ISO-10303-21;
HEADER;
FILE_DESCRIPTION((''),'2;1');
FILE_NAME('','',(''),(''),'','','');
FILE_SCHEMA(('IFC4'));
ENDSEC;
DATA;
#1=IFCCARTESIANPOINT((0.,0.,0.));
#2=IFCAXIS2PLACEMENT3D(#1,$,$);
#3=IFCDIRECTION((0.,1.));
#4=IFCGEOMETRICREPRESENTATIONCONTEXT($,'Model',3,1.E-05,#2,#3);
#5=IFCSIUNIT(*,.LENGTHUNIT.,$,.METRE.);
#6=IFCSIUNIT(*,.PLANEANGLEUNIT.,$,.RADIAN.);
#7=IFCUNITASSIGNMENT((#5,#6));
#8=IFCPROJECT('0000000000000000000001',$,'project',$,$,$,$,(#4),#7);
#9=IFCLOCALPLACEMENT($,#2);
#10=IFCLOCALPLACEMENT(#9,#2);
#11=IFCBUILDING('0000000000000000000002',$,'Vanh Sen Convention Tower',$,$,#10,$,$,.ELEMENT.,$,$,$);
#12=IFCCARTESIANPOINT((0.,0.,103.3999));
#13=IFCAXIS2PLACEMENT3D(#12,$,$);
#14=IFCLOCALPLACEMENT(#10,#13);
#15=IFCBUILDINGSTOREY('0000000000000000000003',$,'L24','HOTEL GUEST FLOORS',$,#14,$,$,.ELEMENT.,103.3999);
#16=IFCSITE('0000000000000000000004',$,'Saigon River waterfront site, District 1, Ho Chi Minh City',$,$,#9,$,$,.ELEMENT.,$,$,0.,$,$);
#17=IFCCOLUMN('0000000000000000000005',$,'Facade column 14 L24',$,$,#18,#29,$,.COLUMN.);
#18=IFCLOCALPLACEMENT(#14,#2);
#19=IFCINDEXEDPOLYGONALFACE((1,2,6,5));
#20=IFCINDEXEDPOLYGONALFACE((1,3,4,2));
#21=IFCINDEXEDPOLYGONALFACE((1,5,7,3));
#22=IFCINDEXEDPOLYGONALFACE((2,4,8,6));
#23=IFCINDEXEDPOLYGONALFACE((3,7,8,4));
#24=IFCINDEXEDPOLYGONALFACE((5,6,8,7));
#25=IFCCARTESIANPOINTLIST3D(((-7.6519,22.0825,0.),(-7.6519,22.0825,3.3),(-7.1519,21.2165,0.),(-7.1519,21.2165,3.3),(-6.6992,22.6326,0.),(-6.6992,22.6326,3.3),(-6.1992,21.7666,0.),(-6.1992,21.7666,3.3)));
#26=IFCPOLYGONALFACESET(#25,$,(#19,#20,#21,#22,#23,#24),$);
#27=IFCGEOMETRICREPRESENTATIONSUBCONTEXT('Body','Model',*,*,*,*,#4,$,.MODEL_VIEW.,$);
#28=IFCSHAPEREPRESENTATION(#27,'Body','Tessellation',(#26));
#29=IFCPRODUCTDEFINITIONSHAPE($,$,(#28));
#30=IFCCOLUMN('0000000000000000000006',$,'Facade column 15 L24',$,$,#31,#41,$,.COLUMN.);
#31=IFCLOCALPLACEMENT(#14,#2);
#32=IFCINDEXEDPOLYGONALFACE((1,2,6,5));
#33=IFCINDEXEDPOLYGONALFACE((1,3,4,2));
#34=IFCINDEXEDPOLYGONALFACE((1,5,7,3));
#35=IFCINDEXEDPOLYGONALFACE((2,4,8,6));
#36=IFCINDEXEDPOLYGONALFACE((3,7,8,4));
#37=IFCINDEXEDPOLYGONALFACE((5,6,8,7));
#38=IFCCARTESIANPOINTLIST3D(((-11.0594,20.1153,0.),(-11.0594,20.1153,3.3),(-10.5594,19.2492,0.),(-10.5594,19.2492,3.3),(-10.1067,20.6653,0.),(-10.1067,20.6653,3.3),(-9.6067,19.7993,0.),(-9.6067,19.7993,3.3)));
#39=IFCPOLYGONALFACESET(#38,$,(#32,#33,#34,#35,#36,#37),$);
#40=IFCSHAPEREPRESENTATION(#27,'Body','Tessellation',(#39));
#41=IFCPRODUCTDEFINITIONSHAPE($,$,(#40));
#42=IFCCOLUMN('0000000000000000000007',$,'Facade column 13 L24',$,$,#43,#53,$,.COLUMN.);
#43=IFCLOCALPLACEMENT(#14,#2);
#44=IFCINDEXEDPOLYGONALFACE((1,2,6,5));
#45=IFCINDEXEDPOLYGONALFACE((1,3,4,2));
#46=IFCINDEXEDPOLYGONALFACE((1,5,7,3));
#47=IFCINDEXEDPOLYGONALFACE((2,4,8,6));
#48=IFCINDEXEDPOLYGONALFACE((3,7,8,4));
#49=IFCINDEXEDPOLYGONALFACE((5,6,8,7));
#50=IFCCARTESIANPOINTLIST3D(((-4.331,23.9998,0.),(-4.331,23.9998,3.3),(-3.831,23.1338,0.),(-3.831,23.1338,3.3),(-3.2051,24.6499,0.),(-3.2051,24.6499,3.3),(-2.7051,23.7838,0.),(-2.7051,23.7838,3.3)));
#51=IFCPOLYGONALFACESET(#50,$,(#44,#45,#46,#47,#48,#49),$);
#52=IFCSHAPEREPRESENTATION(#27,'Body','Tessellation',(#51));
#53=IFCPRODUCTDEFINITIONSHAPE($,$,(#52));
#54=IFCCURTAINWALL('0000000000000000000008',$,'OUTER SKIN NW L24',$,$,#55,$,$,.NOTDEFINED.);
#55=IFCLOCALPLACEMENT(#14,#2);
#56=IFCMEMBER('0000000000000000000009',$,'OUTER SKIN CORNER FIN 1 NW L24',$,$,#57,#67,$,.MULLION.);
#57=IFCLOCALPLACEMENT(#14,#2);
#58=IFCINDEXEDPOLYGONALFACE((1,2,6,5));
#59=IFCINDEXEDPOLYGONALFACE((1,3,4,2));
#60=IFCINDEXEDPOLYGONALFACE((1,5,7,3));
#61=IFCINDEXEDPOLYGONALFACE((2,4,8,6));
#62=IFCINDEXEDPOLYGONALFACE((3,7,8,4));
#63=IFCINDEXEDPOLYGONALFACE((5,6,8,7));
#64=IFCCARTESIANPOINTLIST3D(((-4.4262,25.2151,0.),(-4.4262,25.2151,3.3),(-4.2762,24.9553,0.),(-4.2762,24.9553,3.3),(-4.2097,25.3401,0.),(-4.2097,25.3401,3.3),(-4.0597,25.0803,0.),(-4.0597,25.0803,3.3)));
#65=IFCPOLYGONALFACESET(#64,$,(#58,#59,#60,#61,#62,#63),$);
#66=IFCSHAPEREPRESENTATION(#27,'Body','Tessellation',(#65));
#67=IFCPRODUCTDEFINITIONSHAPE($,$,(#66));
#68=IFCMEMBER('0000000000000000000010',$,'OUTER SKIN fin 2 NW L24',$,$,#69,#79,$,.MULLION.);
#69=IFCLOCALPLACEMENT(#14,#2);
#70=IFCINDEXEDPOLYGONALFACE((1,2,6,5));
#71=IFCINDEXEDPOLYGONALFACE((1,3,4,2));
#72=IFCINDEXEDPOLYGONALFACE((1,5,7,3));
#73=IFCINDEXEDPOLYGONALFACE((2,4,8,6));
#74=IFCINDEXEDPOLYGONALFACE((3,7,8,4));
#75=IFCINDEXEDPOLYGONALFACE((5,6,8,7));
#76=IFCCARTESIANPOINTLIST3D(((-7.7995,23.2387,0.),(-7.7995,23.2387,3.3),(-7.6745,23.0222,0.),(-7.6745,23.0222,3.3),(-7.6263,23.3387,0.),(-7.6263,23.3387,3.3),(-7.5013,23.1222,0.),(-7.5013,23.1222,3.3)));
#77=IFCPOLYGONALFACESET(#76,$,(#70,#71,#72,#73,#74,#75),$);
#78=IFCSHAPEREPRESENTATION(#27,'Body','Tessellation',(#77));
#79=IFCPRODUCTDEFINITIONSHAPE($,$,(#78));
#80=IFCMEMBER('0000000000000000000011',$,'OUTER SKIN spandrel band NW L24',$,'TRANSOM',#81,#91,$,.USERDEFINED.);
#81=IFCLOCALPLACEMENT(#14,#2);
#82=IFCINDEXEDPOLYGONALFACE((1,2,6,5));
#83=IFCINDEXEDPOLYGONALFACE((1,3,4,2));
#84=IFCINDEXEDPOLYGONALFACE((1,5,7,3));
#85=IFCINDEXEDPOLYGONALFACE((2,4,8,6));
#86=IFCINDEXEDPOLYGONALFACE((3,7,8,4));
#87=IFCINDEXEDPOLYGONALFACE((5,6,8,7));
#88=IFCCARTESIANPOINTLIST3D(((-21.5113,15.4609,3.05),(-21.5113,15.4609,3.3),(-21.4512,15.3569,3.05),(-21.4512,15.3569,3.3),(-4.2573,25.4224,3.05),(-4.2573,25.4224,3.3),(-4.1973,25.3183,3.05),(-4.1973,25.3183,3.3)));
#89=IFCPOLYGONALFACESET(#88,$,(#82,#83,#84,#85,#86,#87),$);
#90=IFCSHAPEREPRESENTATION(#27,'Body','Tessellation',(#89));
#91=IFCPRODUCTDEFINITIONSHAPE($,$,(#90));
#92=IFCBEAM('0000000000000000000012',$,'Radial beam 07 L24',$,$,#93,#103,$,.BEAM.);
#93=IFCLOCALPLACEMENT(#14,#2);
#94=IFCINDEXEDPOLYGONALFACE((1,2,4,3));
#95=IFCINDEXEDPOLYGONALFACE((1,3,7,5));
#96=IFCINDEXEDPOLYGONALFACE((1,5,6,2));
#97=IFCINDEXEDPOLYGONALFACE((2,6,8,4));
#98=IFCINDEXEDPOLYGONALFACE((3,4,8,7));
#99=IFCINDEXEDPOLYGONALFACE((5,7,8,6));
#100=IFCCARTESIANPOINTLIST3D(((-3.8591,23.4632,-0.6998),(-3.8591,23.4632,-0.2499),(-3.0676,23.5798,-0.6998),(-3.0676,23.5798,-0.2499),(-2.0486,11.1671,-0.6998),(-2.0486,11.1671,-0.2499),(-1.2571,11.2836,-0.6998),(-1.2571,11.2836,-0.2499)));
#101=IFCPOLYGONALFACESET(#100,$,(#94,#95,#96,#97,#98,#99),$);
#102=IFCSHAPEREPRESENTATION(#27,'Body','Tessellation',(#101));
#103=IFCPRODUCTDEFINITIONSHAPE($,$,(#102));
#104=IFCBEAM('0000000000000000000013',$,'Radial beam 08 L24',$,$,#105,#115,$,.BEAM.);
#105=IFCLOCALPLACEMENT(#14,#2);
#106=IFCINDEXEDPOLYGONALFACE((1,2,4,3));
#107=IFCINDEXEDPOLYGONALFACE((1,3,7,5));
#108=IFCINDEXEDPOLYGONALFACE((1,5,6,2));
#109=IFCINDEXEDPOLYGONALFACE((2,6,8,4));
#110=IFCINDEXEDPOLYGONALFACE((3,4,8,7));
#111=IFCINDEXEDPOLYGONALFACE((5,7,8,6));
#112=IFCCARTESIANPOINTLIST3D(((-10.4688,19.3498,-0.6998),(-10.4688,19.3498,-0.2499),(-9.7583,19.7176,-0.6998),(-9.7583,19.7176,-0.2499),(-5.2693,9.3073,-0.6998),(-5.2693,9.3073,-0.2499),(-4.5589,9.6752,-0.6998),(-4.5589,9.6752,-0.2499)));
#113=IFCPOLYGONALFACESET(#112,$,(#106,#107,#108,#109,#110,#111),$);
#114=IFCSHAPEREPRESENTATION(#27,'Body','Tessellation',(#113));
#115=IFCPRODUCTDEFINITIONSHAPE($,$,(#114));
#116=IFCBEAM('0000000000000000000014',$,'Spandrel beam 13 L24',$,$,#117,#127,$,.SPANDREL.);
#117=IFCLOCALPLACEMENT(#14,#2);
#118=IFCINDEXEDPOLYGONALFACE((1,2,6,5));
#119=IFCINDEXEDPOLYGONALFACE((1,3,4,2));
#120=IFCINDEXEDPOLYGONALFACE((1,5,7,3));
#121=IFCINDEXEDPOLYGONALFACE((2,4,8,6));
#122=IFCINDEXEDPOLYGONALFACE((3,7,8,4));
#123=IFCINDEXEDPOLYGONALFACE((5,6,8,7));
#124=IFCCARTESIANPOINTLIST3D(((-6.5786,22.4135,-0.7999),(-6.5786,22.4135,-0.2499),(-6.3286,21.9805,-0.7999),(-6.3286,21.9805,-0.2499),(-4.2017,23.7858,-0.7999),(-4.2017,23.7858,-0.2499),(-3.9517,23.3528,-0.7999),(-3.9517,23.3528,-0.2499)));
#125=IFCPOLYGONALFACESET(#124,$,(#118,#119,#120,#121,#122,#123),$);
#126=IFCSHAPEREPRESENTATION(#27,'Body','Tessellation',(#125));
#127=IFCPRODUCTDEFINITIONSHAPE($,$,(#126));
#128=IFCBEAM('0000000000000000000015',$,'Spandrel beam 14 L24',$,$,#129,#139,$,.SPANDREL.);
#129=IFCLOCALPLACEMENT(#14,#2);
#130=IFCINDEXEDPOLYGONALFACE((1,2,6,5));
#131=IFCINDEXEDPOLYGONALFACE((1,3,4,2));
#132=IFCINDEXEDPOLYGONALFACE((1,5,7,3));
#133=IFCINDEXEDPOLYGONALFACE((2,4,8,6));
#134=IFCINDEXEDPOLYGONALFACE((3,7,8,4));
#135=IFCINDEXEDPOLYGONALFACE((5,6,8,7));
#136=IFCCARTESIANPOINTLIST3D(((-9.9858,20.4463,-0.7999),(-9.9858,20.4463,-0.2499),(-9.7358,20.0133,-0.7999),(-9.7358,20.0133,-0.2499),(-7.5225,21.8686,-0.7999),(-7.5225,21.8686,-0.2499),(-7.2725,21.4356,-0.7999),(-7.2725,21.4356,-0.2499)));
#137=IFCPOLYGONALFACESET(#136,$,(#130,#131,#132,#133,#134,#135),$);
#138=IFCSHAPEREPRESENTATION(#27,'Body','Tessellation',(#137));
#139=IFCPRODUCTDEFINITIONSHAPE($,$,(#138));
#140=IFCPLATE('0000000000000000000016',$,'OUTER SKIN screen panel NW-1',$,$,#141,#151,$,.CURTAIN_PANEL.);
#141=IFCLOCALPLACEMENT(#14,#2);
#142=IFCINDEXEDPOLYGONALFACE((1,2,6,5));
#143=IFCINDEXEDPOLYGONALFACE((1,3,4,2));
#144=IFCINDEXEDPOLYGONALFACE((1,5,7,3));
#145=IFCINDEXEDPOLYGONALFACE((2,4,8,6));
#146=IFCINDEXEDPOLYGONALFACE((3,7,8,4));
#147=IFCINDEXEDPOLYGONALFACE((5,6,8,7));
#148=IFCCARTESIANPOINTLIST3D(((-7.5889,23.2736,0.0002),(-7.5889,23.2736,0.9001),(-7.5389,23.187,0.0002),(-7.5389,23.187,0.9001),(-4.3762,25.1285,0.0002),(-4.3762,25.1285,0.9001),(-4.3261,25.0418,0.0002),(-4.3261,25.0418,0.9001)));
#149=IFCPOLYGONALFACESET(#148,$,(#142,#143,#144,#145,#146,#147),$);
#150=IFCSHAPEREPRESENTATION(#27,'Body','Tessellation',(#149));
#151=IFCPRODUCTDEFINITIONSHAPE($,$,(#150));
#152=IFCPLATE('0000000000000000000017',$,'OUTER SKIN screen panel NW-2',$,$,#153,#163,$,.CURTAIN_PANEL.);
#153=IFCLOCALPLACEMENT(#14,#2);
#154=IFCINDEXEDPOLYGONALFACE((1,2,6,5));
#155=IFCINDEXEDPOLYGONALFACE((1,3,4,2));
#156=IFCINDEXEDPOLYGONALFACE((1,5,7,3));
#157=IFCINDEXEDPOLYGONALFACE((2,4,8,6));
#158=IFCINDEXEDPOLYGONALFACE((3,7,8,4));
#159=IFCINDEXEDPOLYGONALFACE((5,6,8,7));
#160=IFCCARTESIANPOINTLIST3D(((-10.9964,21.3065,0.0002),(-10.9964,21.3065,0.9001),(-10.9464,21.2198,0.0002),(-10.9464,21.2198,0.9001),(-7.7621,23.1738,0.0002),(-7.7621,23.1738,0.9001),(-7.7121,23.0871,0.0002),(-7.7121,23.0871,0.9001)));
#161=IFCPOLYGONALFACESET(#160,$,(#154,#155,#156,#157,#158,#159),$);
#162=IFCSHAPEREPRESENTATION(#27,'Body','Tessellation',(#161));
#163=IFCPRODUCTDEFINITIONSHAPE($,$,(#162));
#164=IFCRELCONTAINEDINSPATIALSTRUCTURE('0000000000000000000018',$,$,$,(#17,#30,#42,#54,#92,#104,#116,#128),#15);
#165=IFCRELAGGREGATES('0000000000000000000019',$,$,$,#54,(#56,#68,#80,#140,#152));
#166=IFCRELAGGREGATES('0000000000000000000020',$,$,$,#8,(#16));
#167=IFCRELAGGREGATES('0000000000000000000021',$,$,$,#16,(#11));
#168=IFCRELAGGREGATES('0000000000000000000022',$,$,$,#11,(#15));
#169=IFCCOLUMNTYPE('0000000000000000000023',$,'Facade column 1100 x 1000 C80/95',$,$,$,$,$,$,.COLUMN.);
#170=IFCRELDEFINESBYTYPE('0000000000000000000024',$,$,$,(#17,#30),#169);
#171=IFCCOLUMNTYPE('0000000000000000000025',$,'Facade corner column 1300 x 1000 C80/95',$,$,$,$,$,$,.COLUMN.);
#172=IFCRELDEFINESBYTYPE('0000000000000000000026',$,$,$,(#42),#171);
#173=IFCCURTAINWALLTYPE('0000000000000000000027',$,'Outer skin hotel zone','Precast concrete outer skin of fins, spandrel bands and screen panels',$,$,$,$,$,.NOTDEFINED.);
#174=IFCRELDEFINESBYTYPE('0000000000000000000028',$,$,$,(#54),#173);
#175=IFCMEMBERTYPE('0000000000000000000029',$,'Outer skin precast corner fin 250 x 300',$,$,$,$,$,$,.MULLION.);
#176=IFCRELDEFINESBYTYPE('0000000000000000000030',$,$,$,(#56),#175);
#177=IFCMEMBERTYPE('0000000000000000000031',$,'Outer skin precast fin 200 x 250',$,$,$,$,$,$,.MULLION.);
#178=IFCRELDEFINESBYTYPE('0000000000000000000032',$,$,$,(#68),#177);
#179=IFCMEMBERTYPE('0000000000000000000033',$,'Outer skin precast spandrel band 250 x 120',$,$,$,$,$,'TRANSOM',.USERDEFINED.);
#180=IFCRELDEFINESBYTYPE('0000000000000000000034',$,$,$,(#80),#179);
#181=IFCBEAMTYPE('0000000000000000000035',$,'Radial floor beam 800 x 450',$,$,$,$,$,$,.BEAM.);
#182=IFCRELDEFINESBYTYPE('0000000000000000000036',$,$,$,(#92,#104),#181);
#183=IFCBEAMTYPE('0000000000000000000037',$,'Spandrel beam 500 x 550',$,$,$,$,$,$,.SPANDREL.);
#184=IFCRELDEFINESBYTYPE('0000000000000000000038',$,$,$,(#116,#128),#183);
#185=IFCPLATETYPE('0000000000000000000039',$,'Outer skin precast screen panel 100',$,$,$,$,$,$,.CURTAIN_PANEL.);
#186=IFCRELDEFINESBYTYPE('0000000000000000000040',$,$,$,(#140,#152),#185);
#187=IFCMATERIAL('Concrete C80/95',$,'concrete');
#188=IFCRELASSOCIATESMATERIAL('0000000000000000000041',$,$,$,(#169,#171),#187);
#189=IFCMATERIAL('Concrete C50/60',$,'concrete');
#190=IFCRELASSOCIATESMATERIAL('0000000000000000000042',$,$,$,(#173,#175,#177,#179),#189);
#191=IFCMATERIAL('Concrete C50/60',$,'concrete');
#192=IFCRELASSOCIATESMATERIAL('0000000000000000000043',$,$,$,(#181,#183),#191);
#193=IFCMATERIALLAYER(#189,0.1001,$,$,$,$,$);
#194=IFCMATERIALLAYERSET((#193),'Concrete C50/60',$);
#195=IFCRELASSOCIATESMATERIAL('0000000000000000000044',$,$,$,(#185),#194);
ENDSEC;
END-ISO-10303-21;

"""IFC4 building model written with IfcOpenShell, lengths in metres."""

from ifc_helpers import new_model, si_unit, direction, frame, origin, origin_2d, place, context, subcontext, project, spatial, rectangle, extrude, material, layer, layer_set, material_profile, profile_set, type_object, element, aggregate, save


model = new_model("IFC4")

# Units and contexts
model_context = context("Model", 3, precision=1e-05, world=origin(), true_north=direction((0.0, 1.0)))
body_context = subcontext(model_context, "Body", "Model", "MODEL_VIEW")
ifc_project = project(units=[si_unit("LENGTHUNIT", "METRE"), si_unit("PLANEANGLEUNIT", "RADIAN")], contexts=[model_context])

# Site, building, storey
site_placement = place(None, origin())
site = spatial("IfcSite", under=ifc_project, at=site_placement, Name="Saigon River waterfront site, District 1, Ho Chi Minh City", CompositionType="ELEMENT", RefElevation=0.0)
building_placement = place(site_placement, origin())
building = spatial("IfcBuilding", under=site, at=building_placement, Name="Vanh Sen Convention Tower", CompositionType="ELEMENT")
storey_placement = place(building_placement, frame((0.0, 0.0, 103.3999)))
storey = spatial("IfcBuildingStorey", under=building, at=storey_placement, Name="L24", Description="HOTEL GUEST FLOORS", CompositionType="ELEMENT", Elevation=103.3999)

# Columns
ifc_material_1 = material(Name="Concrete C80/95", Category="concrete")
ifc_material_profile_1 = material_profile(ifc_material_1, rectangle(XDim=1.1001, YDim=1.0, at=origin_2d()), Name="RC 1100X1000")
ifc_profile_set_1 = profile_set([ifc_material_profile_1], Name="Concrete C80/95")
column_type_1 = type_object("IfcColumnType", Name="Facade column 1100 x 1000 C80/95", PredefinedType="COLUMN", material=ifc_profile_set_1)
for number, where, z_axis, x_axis, name in (
    (1, (-6.9255, 21.9246, 0.0), (0.0, 0.0, 1.0), (-0.866025, -0.5, 0.0), "Facade column 14 L24"),
    (2, (-10.333, 19.9573, 0.0), (0.0, 0.0, 1.0), (-0.866025, -0.5, 0.0), "Facade column 15 L24"),
):
    element("IfcColumn", number, at=place(storey_placement, frame(where, z_axis=z_axis, x_axis=x_axis)), inside=storey, type_object=column_type_1, Name=name, PredefinedType="COLUMN", context=body_context, shape_type="SweptSolid", body=[
        extrude(rectangle(XDim=1.1001, YDim=1.0, at=origin_2d()), origin(), (0.0, 0.0, 1.0), 3.3),
    ])
ifc_material_profile_2 = material_profile(ifc_material_1, rectangle(XDim=1.3, YDim=1.0, at=origin_2d()), Name="RC 1300X1000")
ifc_profile_set_2 = profile_set([ifc_material_profile_2], Name="Concrete C80/95")
column_type_2 = type_object("IfcColumnType", Name="Facade corner column 1300 x 1000 C80/95", PredefinedType="COLUMN", material=ifc_profile_set_2)
column_placement = place(storey_placement, frame((-3.5181, 23.8918, 0.0), z_axis=(0.0, 0.0, 1.0), x_axis=(-0.866025, -0.5, 0.0)))
element("IfcColumn", 3, at=column_placement, inside=storey, type_object=column_type_2, Name="Facade column 13 L24", PredefinedType="COLUMN", context=body_context, shape_type="SweptSolid", body=[
    extrude(rectangle(XDim=1.3, YDim=1.0, at=origin_2d()), origin(), (0.0, 0.0, 1.0), 3.3),
])

# Curtain wall, members
ifc_material_2 = material(Name="Concrete C50/60", Category="concrete")
curtain_wall_type = type_object("IfcCurtainWallType", Name="Outer skin hotel zone", Description="Precast concrete outer skin of fins, spandrel bands and screen panels", PredefinedType="NOTDEFINED", material=ifc_material_2)
curtain_wall_placement = place(storey_placement, origin())
curtain_wall = element("IfcCurtainWall", 4, at=curtain_wall_placement, inside=storey, type_object=curtain_wall_type, Name="OUTER SKIN NW L24", PredefinedType="NOTDEFINED")
ifc_material_profile_3 = material_profile(ifc_material_2, rectangle(XDim=0.25, YDim=0.3, at=origin_2d()), Name="Outer skin precast corner fin 250 x 300")
ifc_profile_set_3 = profile_set([ifc_material_profile_3], Name="Concrete C50/60")
member_type_1 = type_object("IfcMemberType", Name="Outer skin precast corner fin 250 x 300", PredefinedType="MULLION", material=ifc_profile_set_3)
member_1_placement = place(storey_placement, frame((-4.2429, 25.1477, 0.0), z_axis=(0.0, 0.0, 1.0), x_axis=(-0.866025, -0.5, 0.0)))
member_1 = element("IfcMember", 5, at=member_1_placement, type_object=member_type_1, Name="OUTER SKIN CORNER FIN 1 NW L24", PredefinedType="MULLION", context=body_context, shape_type="SweptSolid", body=[
    extrude(rectangle(XDim=0.25, YDim=0.3, at=origin_2d()), origin(), (0.0, 0.0, 1.0), 3.3),
])
ifc_material_profile_4 = material_profile(ifc_material_2, rectangle(XDim=0.2, YDim=0.25, at=origin_2d()), Name="Outer skin precast fin 200 x 250")
ifc_profile_set_4 = profile_set([ifc_material_profile_4], Name="Concrete C50/60")
member_type_2 = type_object("IfcMemberType", Name="Outer skin precast fin 200 x 250", PredefinedType="MULLION", material=ifc_profile_set_4)
member_2_placement = place(storey_placement, frame((-7.6504, 23.1804, 0.0), z_axis=(0.0, 0.0, 1.0), x_axis=(-0.866025, -0.5, 0.0)))
member_2 = element("IfcMember", 6, at=member_2_placement, type_object=member_type_2, Name="OUTER SKIN fin 2 NW L24", PredefinedType="MULLION", context=body_context, shape_type="SweptSolid", body=[
    extrude(rectangle(XDim=0.2, YDim=0.25, at=origin_2d()), origin(), (0.0, 0.0, 1.0), 3.3),
])
ifc_material_profile_5 = material_profile(ifc_material_2, rectangle(XDim=0.1201, YDim=0.25, at=origin_2d()), Name="Outer skin precast spandrel band 250 x 120")
ifc_profile_set_5 = profile_set([ifc_material_profile_5], Name="Concrete C50/60")
member_type_3 = type_object("IfcMemberType", Name="Outer skin precast spandrel band 250 x 120", ElementType="TRANSOM", PredefinedType="USERDEFINED", material=ifc_profile_set_5)
member_3_placement = place(storey_placement, frame((-4.2273, 25.3704, 3.175), z_axis=(-0.866028, -0.499995, 0.0), x_axis=(0.499995, -0.866028, 0.0)))
member_3 = element("IfcMember", 7, at=member_3_placement, type_object=member_type_3, Name="OUTER SKIN spandrel band NW L24", ObjectType="TRANSOM", PredefinedType="USERDEFINED", context=body_context, shape_type="SweptSolid", body=[
    extrude(rectangle(XDim=0.1201, YDim=0.25, at=origin_2d()), origin(), (0.0, 0.0, 1.0), 19.9231),
])

# Beams
ifc_material_3 = material(Name="Concrete C50/60", Category="concrete")
ifc_material_profile_6 = material_profile(ifc_material_3, rectangle(XDim=0.8, YDim=0.45, at=origin_2d()), Name="RC 800X450")
ifc_profile_set_6 = profile_set([ifc_material_profile_6], Name="Concrete C50/60")
beam_type_1 = type_object("IfcBeamType", Name="Radial floor beam 800 x 450", PredefinedType="BEAM", material=ifc_profile_set_6)
beam_1_placement = place(storey_placement, frame((-3.4634, 23.5215, -0.4749), z_axis=(0.145674, -0.989333, 0.0), x_axis=(0.989333, 0.145674, 0.0)))
element("IfcBeam", 8, at=beam_1_placement, inside=storey, type_object=beam_type_1, Name="Radial beam 07 L24", PredefinedType="BEAM", context=body_context, shape_type="SweptSolid", body=[
    extrude(rectangle(XDim=0.8, YDim=0.45, at=origin_2d()), origin(), (0.0, 0.0, 1.0), 12.4287),
])
beam_2_placement = place(storey_placement, frame((-10.1135, 19.5337, -0.4749), z_axis=(0.459777, -0.888034, 0.0), x_axis=(0.888034, 0.459777, 0.0)))
element("IfcBeam", 9, at=beam_2_placement, inside=storey, type_object=beam_type_1, Name="Radial beam 08 L24", PredefinedType="BEAM", context=body_context, shape_type="SweptSolid", body=[
    extrude(rectangle(XDim=0.8, YDim=0.45, at=origin_2d()), origin(), (0.0, 0.0, 1.0), 11.3086),
])
ifc_material_profile_7 = material_profile(ifc_material_3, rectangle(XDim=0.5, YDim=0.55, at=origin_2d()), Name="RC 500X550")
ifc_profile_set_7 = profile_set([ifc_material_profile_7], Name="Concrete C50/60")
beam_type_2 = type_object("IfcBeamType", Name="Spandrel beam 500 x 550", PredefinedType="SPANDREL", material=ifc_profile_set_7)
beam_3_placement = place(storey_placement, frame((-4.0767, 23.5693, -0.5249), z_axis=(-0.866029, -0.499995, 0.0), x_axis=(0.499995, -0.866029, 0.0)))
element("IfcBeam", 10, at=beam_3_placement, inside=storey, type_object=beam_type_2, Name="Spandrel beam 13 L24", PredefinedType="SPANDREL", context=body_context, shape_type="SweptSolid", body=[
    extrude(rectangle(XDim=0.5, YDim=0.55, at=origin_2d()), origin(), (0.0, 0.0, 1.0), 2.7446),
])
beam_4_placement = place(storey_placement, frame((-7.3975, 21.6521, -0.5249), z_axis=(-0.866005, -0.500034, 0.0), x_axis=(0.500034, -0.866005, 0.0)))
element("IfcBeam", 11, at=beam_4_placement, inside=storey, type_object=beam_type_2, Name="Spandrel beam 14 L24", PredefinedType="SPANDREL", context=body_context, shape_type="SweptSolid", body=[
    extrude(rectangle(XDim=0.5, YDim=0.55, at=origin_2d()), origin(), (0.0, 0.0, 1.0), 2.8445),
])

# Plates
ifc_layer_1 = layer(ifc_material_2, 0.1001)
ifc_layer_set_1 = layer_set([ifc_layer_1], Name="Concrete C50/60")
plate_type = type_object("IfcPlateType", Name="Outer skin precast screen panel 100", PredefinedType="CURTAIN_PANEL", material=ifc_layer_set_1)
plate_1_placement = place(storey_placement, frame((-5.9575, 24.1577, 0.0002), z_axis=(0.0, 0.0, 1.0), x_axis=(-0.866028, -0.499995, 0.0)))
plate_1 = element("IfcPlate", 12, at=plate_1_placement, type_object=plate_type, Name="OUTER SKIN screen panel NW-1", PredefinedType="CURTAIN_PANEL", context=body_context, shape_type="SweptSolid", body=[
    extrude(rectangle(XDim=3.7097, YDim=0.1001, at=origin_2d()), origin(), (0.0, 0.0, 1.0), 0.8999),
])
plate_2_placement = place(storey_placement, frame((-9.3542, 22.1968, 0.0002), z_axis=(0.0, 0.0, 1.0), x_axis=(-0.866021, -0.500008, 0.0)))
plate_2 = element("IfcPlate", 13, at=plate_2_placement, type_object=plate_type, Name="OUTER SKIN screen panel NW-2", PredefinedType="CURTAIN_PANEL", context=body_context, shape_type="SweptSolid", body=[
    extrude(rectangle(XDim=3.7346, YDim=0.1001, at=origin_2d()), origin(), (0.0, 0.0, 1.0), 0.8999),
])
aggregate(curtain_wall, [member_1, member_2, member_3, plate_1, plate_2])

save(model, "model.ifc")
